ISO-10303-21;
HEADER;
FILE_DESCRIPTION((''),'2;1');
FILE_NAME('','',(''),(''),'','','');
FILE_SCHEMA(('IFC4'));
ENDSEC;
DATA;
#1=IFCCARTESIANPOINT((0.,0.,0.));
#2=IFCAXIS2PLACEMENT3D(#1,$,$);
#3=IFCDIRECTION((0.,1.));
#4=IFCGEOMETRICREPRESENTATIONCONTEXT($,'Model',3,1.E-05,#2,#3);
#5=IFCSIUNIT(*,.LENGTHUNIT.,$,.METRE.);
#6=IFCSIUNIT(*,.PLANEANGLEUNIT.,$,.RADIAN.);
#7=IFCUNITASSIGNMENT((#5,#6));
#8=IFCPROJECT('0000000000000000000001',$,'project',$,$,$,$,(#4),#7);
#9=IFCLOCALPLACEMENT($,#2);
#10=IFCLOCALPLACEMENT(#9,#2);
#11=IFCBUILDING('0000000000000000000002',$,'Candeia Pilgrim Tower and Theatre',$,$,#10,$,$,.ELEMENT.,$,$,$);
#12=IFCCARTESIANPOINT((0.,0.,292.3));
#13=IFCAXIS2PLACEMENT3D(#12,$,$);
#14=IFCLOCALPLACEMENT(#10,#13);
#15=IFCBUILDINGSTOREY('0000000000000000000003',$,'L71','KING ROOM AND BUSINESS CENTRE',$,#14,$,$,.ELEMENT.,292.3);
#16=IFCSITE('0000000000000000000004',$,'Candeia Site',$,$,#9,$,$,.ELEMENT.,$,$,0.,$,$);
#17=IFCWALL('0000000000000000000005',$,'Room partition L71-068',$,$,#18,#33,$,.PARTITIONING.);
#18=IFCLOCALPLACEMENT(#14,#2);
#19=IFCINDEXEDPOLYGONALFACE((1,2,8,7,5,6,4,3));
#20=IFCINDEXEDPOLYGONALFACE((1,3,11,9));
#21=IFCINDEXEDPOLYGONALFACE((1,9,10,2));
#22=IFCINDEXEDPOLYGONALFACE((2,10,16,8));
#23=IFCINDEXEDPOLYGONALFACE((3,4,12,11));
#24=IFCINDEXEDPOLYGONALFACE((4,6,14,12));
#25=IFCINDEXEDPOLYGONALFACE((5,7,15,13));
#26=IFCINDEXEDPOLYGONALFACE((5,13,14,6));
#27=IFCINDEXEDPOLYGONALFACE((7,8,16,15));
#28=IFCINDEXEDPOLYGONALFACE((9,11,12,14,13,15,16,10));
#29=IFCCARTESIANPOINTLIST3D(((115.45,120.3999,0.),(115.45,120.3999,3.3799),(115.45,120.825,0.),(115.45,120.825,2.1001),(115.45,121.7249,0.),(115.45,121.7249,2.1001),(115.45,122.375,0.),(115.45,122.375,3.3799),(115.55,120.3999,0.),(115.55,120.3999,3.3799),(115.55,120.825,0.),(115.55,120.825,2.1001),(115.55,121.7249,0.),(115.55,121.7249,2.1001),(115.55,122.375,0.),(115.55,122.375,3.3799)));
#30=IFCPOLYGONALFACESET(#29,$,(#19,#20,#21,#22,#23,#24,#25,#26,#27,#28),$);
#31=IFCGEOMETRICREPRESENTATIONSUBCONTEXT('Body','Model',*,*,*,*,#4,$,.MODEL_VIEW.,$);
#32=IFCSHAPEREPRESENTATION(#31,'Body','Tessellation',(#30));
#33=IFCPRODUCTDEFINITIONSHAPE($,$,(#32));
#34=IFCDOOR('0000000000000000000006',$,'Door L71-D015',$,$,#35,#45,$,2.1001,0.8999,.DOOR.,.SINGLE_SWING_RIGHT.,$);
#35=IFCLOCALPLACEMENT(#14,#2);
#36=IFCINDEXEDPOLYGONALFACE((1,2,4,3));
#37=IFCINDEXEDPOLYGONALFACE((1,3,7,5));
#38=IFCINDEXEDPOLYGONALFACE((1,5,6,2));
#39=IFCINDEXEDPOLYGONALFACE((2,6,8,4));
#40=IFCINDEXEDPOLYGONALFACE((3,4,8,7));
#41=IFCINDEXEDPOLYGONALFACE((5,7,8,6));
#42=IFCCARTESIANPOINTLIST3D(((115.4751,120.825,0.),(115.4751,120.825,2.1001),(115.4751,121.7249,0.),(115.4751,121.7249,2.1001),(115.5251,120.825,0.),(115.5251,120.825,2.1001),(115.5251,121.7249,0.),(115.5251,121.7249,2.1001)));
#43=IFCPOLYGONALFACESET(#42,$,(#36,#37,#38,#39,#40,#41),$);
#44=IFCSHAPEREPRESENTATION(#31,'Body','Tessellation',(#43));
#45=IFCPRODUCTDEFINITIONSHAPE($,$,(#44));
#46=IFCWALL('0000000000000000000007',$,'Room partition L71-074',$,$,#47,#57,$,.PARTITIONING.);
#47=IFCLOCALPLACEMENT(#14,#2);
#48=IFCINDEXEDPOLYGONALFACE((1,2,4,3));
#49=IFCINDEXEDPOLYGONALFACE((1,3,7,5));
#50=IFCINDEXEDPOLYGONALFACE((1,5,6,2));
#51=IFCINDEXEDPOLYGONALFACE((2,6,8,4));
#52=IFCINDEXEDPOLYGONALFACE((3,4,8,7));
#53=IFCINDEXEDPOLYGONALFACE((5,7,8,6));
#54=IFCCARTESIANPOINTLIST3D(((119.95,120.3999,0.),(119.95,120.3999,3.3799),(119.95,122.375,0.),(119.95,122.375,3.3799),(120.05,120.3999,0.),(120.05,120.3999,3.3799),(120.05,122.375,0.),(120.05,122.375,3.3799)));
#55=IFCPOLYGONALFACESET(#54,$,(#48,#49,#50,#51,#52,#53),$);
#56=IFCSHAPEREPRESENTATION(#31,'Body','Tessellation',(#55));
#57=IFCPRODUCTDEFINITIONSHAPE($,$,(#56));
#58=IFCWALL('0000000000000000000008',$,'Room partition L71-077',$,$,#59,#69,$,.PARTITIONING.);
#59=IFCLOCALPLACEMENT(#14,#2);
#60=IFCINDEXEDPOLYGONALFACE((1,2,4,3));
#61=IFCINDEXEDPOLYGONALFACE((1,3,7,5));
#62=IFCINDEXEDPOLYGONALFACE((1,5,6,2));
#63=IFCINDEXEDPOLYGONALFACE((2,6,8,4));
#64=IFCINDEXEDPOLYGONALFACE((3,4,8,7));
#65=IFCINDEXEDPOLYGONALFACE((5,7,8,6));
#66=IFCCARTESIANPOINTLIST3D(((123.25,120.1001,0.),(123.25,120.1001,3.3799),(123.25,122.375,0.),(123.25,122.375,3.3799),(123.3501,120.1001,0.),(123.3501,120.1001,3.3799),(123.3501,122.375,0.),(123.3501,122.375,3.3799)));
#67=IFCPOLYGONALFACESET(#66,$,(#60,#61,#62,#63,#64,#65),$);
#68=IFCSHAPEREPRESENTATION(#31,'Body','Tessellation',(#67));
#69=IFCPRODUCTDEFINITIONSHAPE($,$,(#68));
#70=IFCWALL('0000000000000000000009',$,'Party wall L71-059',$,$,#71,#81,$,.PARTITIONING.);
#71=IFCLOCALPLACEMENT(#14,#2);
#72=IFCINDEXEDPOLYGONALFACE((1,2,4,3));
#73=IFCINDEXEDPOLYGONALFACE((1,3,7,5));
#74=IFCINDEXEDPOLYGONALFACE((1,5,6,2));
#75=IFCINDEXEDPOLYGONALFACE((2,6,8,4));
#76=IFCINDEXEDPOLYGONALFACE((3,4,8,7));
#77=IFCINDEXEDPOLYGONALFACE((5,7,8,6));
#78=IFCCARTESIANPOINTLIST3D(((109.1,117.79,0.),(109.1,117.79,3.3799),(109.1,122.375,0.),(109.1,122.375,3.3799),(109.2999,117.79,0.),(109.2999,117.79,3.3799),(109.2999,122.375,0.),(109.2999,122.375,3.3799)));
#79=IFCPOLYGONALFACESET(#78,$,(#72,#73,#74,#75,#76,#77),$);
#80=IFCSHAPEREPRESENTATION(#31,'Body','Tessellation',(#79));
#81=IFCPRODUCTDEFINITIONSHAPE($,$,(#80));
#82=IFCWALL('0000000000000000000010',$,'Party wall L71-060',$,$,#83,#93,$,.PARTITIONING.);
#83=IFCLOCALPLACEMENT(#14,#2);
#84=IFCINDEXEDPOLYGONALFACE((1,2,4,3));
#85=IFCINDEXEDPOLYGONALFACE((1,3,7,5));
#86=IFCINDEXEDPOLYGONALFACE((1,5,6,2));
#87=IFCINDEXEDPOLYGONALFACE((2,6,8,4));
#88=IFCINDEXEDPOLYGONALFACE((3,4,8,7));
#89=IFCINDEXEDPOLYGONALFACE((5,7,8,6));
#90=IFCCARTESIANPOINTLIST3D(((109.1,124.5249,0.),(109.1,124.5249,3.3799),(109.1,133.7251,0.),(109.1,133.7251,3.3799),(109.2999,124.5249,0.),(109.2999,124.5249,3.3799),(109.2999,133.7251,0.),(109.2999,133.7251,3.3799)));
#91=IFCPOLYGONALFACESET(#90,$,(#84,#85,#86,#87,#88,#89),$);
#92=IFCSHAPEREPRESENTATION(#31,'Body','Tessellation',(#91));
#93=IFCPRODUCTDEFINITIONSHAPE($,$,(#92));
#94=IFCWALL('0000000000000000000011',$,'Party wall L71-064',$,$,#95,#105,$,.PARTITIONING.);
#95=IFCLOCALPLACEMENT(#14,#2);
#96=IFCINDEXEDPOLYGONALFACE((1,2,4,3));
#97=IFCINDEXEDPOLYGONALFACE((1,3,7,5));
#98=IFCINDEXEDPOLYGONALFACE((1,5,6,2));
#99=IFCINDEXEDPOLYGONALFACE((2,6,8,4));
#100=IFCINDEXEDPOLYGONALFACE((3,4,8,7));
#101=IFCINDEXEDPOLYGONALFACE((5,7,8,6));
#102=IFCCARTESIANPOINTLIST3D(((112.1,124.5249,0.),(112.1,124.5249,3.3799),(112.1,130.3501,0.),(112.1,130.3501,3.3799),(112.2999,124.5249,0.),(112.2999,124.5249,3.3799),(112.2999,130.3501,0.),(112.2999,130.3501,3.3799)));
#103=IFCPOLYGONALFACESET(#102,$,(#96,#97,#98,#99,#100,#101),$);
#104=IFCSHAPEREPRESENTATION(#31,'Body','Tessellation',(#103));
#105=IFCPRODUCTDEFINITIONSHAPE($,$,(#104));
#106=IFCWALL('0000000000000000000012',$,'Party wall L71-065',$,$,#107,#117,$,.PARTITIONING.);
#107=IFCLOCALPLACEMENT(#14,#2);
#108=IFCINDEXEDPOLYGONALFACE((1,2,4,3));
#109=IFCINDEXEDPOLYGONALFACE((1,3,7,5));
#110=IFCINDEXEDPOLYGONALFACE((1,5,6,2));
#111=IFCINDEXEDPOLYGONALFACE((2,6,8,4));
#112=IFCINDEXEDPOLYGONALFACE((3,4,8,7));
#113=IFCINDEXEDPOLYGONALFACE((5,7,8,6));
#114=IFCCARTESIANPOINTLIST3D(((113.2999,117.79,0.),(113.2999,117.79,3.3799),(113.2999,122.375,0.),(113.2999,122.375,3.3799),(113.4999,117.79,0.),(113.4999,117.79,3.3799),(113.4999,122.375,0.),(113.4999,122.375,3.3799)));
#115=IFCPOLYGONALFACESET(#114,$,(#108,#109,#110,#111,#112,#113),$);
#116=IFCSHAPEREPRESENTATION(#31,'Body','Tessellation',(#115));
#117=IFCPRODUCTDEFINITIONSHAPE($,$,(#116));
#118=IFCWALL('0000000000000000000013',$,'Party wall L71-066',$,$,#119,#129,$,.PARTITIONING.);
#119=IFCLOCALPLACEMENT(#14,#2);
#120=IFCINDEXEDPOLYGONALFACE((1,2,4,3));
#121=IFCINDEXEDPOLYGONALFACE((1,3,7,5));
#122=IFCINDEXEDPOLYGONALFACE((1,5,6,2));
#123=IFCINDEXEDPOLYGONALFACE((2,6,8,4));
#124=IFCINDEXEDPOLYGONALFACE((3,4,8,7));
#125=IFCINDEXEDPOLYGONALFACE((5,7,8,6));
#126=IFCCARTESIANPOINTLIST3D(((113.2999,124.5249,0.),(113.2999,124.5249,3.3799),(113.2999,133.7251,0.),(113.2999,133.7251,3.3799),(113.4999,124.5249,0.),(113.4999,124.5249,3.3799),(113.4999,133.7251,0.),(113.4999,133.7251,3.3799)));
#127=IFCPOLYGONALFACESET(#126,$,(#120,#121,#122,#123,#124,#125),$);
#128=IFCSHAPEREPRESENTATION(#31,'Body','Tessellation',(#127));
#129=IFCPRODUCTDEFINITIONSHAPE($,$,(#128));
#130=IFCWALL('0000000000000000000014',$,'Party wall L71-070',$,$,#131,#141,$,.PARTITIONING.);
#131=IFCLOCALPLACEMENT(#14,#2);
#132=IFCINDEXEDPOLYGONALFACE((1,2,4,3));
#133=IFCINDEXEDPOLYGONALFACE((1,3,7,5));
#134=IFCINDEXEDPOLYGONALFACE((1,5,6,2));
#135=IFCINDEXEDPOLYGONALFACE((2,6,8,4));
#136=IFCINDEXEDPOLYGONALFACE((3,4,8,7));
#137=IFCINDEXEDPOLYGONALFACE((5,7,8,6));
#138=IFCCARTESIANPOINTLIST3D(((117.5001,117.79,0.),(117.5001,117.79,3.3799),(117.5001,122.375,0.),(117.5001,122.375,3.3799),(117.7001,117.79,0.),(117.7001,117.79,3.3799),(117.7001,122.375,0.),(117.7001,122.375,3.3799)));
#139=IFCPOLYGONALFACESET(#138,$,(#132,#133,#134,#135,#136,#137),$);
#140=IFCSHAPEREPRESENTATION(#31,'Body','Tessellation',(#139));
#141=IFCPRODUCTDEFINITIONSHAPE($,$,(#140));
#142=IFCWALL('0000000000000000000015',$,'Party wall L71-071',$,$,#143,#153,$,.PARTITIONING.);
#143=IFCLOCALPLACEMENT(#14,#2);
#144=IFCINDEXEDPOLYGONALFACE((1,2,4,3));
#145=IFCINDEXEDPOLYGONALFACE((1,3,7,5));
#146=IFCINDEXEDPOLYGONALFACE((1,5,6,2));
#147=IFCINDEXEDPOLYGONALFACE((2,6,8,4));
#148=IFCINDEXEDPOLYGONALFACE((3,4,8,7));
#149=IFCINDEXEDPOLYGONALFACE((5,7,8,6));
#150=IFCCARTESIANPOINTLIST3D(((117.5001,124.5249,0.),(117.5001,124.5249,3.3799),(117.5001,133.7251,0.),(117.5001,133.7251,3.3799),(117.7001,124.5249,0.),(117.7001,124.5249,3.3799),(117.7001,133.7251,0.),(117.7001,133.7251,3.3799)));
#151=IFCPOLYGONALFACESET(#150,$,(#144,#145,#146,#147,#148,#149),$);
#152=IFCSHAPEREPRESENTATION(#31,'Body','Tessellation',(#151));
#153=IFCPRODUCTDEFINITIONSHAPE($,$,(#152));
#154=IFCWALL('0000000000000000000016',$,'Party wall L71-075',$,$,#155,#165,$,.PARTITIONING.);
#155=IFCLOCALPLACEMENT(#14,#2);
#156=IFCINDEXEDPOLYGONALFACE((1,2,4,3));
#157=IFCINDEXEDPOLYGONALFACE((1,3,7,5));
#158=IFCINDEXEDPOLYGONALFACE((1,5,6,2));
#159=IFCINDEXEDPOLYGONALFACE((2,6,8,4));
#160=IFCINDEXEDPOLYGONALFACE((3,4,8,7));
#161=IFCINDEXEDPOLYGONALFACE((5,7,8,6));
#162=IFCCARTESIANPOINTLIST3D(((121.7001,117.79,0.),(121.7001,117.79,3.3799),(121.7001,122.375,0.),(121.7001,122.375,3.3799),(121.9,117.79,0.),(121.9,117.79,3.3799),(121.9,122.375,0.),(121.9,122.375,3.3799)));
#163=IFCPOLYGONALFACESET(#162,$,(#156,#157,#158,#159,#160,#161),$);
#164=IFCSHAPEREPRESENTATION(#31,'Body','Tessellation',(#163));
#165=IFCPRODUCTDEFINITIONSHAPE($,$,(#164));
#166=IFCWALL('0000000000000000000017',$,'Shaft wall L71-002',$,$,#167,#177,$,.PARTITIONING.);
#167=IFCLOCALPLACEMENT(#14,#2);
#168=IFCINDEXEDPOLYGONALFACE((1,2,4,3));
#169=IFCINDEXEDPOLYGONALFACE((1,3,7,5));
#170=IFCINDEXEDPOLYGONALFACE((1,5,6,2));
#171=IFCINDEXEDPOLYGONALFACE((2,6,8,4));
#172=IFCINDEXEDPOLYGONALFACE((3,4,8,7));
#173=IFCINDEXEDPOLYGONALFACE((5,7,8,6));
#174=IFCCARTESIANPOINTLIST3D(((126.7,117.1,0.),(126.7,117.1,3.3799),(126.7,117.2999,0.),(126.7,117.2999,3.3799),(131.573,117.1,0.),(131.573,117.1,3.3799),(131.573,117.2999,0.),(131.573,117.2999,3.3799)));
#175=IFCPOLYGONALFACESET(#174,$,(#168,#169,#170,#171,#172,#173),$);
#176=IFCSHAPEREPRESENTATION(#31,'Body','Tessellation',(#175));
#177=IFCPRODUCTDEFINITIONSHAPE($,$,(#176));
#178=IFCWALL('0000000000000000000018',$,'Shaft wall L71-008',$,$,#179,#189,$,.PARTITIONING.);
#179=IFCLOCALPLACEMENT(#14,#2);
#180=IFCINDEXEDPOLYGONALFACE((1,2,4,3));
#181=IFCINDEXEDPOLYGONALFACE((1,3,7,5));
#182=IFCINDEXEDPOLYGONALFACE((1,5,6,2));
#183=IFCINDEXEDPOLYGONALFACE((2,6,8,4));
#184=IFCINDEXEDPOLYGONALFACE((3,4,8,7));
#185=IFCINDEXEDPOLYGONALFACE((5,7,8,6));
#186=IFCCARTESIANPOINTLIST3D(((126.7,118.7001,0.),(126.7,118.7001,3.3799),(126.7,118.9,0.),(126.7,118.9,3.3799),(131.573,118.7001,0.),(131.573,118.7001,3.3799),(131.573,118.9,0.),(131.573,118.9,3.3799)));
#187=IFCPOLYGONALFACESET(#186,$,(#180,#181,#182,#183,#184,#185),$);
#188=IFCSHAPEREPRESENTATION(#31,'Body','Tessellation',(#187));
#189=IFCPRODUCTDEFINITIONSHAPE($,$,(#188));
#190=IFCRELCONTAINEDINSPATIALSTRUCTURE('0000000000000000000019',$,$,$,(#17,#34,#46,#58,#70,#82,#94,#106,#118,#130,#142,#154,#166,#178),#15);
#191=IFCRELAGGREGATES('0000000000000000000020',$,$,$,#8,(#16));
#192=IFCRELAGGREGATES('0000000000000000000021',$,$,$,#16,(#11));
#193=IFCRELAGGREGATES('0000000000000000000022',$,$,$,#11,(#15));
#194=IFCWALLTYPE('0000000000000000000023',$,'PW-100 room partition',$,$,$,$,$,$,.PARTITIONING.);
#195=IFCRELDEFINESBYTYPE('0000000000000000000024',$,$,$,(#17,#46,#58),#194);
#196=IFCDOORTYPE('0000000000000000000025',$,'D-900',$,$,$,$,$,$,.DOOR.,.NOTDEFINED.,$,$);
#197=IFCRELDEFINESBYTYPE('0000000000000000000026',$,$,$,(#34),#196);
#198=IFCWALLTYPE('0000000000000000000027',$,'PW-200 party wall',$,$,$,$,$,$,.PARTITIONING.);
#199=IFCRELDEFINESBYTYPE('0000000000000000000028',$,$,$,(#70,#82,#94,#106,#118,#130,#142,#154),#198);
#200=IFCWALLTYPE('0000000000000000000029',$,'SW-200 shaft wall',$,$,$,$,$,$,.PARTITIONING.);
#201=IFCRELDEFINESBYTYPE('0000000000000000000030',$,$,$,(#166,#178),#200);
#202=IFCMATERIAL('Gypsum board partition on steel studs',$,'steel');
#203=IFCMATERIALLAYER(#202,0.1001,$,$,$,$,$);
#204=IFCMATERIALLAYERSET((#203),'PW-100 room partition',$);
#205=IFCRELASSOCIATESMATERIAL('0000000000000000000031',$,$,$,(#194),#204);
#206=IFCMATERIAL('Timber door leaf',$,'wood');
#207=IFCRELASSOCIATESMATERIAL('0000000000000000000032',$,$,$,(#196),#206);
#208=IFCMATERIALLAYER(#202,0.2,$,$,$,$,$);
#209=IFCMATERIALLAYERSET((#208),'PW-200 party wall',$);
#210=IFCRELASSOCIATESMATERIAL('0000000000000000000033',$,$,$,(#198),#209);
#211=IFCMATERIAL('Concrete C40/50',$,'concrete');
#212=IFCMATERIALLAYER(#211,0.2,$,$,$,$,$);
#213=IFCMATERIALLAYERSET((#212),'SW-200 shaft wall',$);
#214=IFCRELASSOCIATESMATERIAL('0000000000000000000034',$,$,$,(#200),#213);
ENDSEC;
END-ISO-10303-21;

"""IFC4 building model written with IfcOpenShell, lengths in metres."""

from ifc_helpers import new_model, si_unit, direction, frame, frame_2d, origin, place, context, subcontext, project, spatial, rectangle, extrude, material, layer, layer_set, type_object, element, fill, save


model = new_model("IFC4")

# Units and contexts
model_context = context("Model", 3, precision=1e-05, world=origin(), true_north=direction((0.0, 1.0)))
body_context = subcontext(model_context, "Body", "Model", "MODEL_VIEW")
ifc_project = project(units=[si_unit("LENGTHUNIT", "METRE"), si_unit("PLANEANGLEUNIT", "RADIAN")], contexts=[model_context])

# Site, building, storey
site_placement = place(None, origin())
site = spatial("IfcSite", under=ifc_project, at=site_placement, Name="Candeia Site", CompositionType="ELEMENT", RefElevation=0.0)
building_placement = place(site_placement, origin())
building = spatial("IfcBuilding", under=site, at=building_placement, Name="Candeia Pilgrim Tower and Theatre", CompositionType="ELEMENT")
storey_placement = place(building_placement, frame((0.0, 0.0, 292.3)))
storey = spatial("IfcBuildingStorey", under=building, at=storey_placement, Name="L71", Description="KING ROOM AND BUSINESS CENTRE", CompositionType="ELEMENT", Elevation=292.3)

# Shared definitions
ifc_material_1 = material(Name="Concrete C40/50", Category="concrete")

# Shared definitions
ifc_material_2 = material(Name="Gypsum board partition on steel studs", Category="steel")
ifc_layer_1 = layer(ifc_material_2, 0.1001)
ifc_layer_set_1 = layer_set([ifc_layer_1], Name="PW-100 room partition")
wall_type_1 = type_object("IfcWallType", Name="PW-100 room partition", PredefinedType="PARTITIONING", material=ifc_layer_set_1)
ifc_material_3 = material(Name="Timber door leaf", Category="wood")

# Wall, opening, door
wall_1_placement = place(storey_placement, frame((115.5, 120.3999, 0.0), z_axis=(0.0, 0.0, 1.0), x_axis=(0.0, 1.0, 0.0)))
wall_1 = element("IfcWall", 1, at=wall_1_placement, inside=storey, type_object=wall_type_1, Name="Room partition L71-068", PredefinedType="PARTITIONING", context=body_context, shape_type="SweptSolid", body=[
    extrude(rectangle(XDim=1.9751, YDim=0.1001, at=frame_2d((0.9875, 0.0))), origin(), (0.0, 0.0, 1.0), 3.3799),
])
opening_1_placement = place(wall_1_placement, frame((0.425, 0.0, 0.0)))
opening_1 = element("IfcOpeningElement", 2, at=opening_1_placement, cuts=wall_1, PredefinedType="OPENING", context=body_context, shape_type="SweptSolid", body=[
    extrude(rectangle(XDim=0.8999, YDim=2.1001, at=frame_2d((0.45, 1.05))), frame((0.0, 0.0601, 0.0), z_axis=(0.0, -1.0, 0.0), x_axis=(1.0, 0.0, 0.0)), (0.0, 0.0, 1.0), 0.1201),
])
door_type_1 = type_object("IfcDoorType", Name="D-900", OperationType="NOTDEFINED", PredefinedType="DOOR", material=ifc_material_3)
door_1_placement = place(opening_1_placement, origin())
door_1 = element("IfcDoor", 3, at=door_1_placement, inside=storey, type_object=door_type_1, Name="Door L71-D015", OperationType="SINGLE_SWING_RIGHT", OverallHeight=2.1001, OverallWidth=0.8999, PredefinedType="DOOR", context=body_context, shape_type="SweptSolid", body=[
    extrude(rectangle(XDim=0.8999, YDim=2.1001, at=frame_2d((0.45, 1.05))), frame((0.0, 0.0249, 0.0), z_axis=(0.0, -1.0, 0.0), x_axis=(1.0, 0.0, 0.0)), (0.0, 0.0, 1.0), 0.05),
])
fill(opening_1, door_1)

# Walls
wall_2_placement = place(storey_placement, frame((120.0, 120.3999, 0.0), z_axis=(0.0, 0.0, 1.0), x_axis=(0.0, 1.0, 0.0)))
element("IfcWall", 4, at=wall_2_placement, inside=storey, type_object=wall_type_1, Name="Room partition L71-074", PredefinedType="PARTITIONING", context=body_context, shape_type="SweptSolid", body=[
    extrude(rectangle(XDim=1.9751, YDim=0.1001, at=frame_2d((0.9875, 0.0))), origin(), (0.0, 0.0, 1.0), 3.3799),
])
wall_3_placement = place(storey_placement, frame((123.3, 120.1001, 0.0), z_axis=(0.0, 0.0, 1.0), x_axis=(0.0, 1.0, 0.0)))
element("IfcWall", 5, at=wall_3_placement, inside=storey, type_object=wall_type_1, Name="Room partition L71-077", PredefinedType="PARTITIONING", context=body_context, shape_type="SweptSolid", body=[
    extrude(rectangle(XDim=2.2749, YDim=0.1001, at=frame_2d((1.1375, 0.0))), origin(), (0.0, 0.0, 1.0), 3.3799),
])
ifc_layer_2 = layer(ifc_material_2, 0.2)
ifc_layer_set_2 = layer_set([ifc_layer_2], Name="PW-200 party wall")
wall_type_2 = type_object("IfcWallType", Name="PW-200 party wall", PredefinedType="PARTITIONING", material=ifc_layer_set_2)
wall_4_placement = place(storey_placement, frame((109.2, 117.79, 0.0), z_axis=(0.0, 0.0, 1.0), x_axis=(0.0, 1.0, 0.0)))
element("IfcWall", 6, at=wall_4_placement, inside=storey, type_object=wall_type_2, Name="Party wall L71-059", PredefinedType="PARTITIONING", context=body_context, shape_type="SweptSolid", body=[
    extrude(rectangle(XDim=4.585, YDim=0.2, at=frame_2d((2.2925, 0.0))), origin(), (0.0, 0.0, 1.0), 3.3799),
])
wall_5_placement = place(storey_placement, frame((109.2, 124.5249, 0.0), z_axis=(0.0, 0.0, 1.0), x_axis=(0.0, 1.0, 0.0)))
element("IfcWall", 7, at=wall_5_placement, inside=storey, type_object=wall_type_2, Name="Party wall L71-060", PredefinedType="PARTITIONING", context=body_context, shape_type="SweptSolid", body=[
    extrude(rectangle(XDim=9.2002, YDim=0.2, at=frame_2d((4.6001, 0.0))), origin(), (0.0, 0.0, 1.0), 3.3799),
])
wall_6_placement = place(storey_placement, frame((112.2, 124.5249, 0.0), z_axis=(0.0, 0.0, 1.0), x_axis=(0.0, 1.0, 0.0)))
element("IfcWall", 8, at=wall_6_placement, inside=storey, type_object=wall_type_2, Name="Party wall L71-064", PredefinedType="PARTITIONING", context=body_context, shape_type="SweptSolid", body=[
    extrude(rectangle(XDim=5.8252, YDim=0.2, at=frame_2d((2.9126, 0.0))), origin(), (0.0, 0.0, 1.0), 3.3799),
])
wall_7_placement = place(storey_placement, frame((113.3999, 117.79, 0.0), z_axis=(0.0, 0.0, 1.0), x_axis=(0.0, 1.0, 0.0)))
element("IfcWall", 9, at=wall_7_placement, inside=storey, type_object=wall_type_2, Name="Party wall L71-065", PredefinedType="PARTITIONING", context=body_context, shape_type="SweptSolid", body=[
    extrude(rectangle(XDim=4.585, YDim=0.2, at=frame_2d((2.2925, 0.0))), origin(), (0.0, 0.0, 1.0), 3.3799),
])
wall_8_placement = place(storey_placement, frame((113.3999, 124.5249, 0.0), z_axis=(0.0, 0.0, 1.0), x_axis=(0.0, 1.0, 0.0)))
element("IfcWall", 10, at=wall_8_placement, inside=storey, type_object=wall_type_2, Name="Party wall L71-066", PredefinedType="PARTITIONING", context=body_context, shape_type="SweptSolid", body=[
    extrude(rectangle(XDim=9.2002, YDim=0.2, at=frame_2d((4.6001, 0.0))), origin(), (0.0, 0.0, 1.0), 3.3799),
])
wall_9_placement = place(storey_placement, frame((117.6001, 117.79, 0.0), z_axis=(0.0, 0.0, 1.0), x_axis=(0.0, 1.0, 0.0)))
element("IfcWall", 11, at=wall_9_placement, inside=storey, type_object=wall_type_2, Name="Party wall L71-070", PredefinedType="PARTITIONING", context=body_context, shape_type="SweptSolid", body=[
    extrude(rectangle(XDim=4.585, YDim=0.2, at=frame_2d((2.2925, 0.0))), origin(), (0.0, 0.0, 1.0), 3.3799),
])
wall_10_placement = place(storey_placement, frame((117.6001, 124.5249, 0.0), z_axis=(0.0, 0.0, 1.0), x_axis=(0.0, 1.0, 0.0)))
element("IfcWall", 12, at=wall_10_placement, inside=storey, type_object=wall_type_2, Name="Party wall L71-071", PredefinedType="PARTITIONING", context=body_context, shape_type="SweptSolid", body=[
    extrude(rectangle(XDim=9.2002, YDim=0.2, at=frame_2d((4.6001, 0.0))), origin(), (0.0, 0.0, 1.0), 3.3799),
])
wall_11_placement = place(storey_placement, frame((121.8, 117.79, 0.0), z_axis=(0.0, 0.0, 1.0), x_axis=(0.0, 1.0, 0.0)))
element("IfcWall", 13, at=wall_11_placement, inside=storey, type_object=wall_type_2, Name="Party wall L71-075", PredefinedType="PARTITIONING", context=body_context, shape_type="SweptSolid", body=[
    extrude(rectangle(XDim=4.585, YDim=0.2, at=frame_2d((2.2925, 0.0))), origin(), (0.0, 0.0, 1.0), 3.3799),
])
ifc_layer_3 = layer(ifc_material_1, 0.2)
ifc_layer_set_3 = layer_set([ifc_layer_3], Name="SW-200 shaft wall")
wall_type_3 = type_object("IfcWallType", Name="SW-200 shaft wall", PredefinedType="PARTITIONING", material=ifc_layer_set_3)
for number, where, z_axis, x_axis, name in (
    (14, (126.7, 117.2, 0.0), (0.0, 0.0, 1.0), (1.0, 0.0, 0.0), "Shaft wall L71-002"),
    (15, (126.7, 118.8, 0.0), (0.0, 0.0, 1.0), (1.0, 0.0, 0.0), "Shaft wall L71-008"),
):
    element("IfcWall", number, at=place(storey_placement, frame(where, z_axis=z_axis, x_axis=x_axis)), inside=storey, type_object=wall_type_3, Name=name, PredefinedType="PARTITIONING", context=body_context, shape_type="SweptSolid", body=[
        extrude(rectangle(XDim=4.873, YDim=0.2, at=frame_2d((2.4365, 0.0))), origin(), (0.0, 0.0, 1.0), 3.3799),
    ])

save(model, "model.ifc")
